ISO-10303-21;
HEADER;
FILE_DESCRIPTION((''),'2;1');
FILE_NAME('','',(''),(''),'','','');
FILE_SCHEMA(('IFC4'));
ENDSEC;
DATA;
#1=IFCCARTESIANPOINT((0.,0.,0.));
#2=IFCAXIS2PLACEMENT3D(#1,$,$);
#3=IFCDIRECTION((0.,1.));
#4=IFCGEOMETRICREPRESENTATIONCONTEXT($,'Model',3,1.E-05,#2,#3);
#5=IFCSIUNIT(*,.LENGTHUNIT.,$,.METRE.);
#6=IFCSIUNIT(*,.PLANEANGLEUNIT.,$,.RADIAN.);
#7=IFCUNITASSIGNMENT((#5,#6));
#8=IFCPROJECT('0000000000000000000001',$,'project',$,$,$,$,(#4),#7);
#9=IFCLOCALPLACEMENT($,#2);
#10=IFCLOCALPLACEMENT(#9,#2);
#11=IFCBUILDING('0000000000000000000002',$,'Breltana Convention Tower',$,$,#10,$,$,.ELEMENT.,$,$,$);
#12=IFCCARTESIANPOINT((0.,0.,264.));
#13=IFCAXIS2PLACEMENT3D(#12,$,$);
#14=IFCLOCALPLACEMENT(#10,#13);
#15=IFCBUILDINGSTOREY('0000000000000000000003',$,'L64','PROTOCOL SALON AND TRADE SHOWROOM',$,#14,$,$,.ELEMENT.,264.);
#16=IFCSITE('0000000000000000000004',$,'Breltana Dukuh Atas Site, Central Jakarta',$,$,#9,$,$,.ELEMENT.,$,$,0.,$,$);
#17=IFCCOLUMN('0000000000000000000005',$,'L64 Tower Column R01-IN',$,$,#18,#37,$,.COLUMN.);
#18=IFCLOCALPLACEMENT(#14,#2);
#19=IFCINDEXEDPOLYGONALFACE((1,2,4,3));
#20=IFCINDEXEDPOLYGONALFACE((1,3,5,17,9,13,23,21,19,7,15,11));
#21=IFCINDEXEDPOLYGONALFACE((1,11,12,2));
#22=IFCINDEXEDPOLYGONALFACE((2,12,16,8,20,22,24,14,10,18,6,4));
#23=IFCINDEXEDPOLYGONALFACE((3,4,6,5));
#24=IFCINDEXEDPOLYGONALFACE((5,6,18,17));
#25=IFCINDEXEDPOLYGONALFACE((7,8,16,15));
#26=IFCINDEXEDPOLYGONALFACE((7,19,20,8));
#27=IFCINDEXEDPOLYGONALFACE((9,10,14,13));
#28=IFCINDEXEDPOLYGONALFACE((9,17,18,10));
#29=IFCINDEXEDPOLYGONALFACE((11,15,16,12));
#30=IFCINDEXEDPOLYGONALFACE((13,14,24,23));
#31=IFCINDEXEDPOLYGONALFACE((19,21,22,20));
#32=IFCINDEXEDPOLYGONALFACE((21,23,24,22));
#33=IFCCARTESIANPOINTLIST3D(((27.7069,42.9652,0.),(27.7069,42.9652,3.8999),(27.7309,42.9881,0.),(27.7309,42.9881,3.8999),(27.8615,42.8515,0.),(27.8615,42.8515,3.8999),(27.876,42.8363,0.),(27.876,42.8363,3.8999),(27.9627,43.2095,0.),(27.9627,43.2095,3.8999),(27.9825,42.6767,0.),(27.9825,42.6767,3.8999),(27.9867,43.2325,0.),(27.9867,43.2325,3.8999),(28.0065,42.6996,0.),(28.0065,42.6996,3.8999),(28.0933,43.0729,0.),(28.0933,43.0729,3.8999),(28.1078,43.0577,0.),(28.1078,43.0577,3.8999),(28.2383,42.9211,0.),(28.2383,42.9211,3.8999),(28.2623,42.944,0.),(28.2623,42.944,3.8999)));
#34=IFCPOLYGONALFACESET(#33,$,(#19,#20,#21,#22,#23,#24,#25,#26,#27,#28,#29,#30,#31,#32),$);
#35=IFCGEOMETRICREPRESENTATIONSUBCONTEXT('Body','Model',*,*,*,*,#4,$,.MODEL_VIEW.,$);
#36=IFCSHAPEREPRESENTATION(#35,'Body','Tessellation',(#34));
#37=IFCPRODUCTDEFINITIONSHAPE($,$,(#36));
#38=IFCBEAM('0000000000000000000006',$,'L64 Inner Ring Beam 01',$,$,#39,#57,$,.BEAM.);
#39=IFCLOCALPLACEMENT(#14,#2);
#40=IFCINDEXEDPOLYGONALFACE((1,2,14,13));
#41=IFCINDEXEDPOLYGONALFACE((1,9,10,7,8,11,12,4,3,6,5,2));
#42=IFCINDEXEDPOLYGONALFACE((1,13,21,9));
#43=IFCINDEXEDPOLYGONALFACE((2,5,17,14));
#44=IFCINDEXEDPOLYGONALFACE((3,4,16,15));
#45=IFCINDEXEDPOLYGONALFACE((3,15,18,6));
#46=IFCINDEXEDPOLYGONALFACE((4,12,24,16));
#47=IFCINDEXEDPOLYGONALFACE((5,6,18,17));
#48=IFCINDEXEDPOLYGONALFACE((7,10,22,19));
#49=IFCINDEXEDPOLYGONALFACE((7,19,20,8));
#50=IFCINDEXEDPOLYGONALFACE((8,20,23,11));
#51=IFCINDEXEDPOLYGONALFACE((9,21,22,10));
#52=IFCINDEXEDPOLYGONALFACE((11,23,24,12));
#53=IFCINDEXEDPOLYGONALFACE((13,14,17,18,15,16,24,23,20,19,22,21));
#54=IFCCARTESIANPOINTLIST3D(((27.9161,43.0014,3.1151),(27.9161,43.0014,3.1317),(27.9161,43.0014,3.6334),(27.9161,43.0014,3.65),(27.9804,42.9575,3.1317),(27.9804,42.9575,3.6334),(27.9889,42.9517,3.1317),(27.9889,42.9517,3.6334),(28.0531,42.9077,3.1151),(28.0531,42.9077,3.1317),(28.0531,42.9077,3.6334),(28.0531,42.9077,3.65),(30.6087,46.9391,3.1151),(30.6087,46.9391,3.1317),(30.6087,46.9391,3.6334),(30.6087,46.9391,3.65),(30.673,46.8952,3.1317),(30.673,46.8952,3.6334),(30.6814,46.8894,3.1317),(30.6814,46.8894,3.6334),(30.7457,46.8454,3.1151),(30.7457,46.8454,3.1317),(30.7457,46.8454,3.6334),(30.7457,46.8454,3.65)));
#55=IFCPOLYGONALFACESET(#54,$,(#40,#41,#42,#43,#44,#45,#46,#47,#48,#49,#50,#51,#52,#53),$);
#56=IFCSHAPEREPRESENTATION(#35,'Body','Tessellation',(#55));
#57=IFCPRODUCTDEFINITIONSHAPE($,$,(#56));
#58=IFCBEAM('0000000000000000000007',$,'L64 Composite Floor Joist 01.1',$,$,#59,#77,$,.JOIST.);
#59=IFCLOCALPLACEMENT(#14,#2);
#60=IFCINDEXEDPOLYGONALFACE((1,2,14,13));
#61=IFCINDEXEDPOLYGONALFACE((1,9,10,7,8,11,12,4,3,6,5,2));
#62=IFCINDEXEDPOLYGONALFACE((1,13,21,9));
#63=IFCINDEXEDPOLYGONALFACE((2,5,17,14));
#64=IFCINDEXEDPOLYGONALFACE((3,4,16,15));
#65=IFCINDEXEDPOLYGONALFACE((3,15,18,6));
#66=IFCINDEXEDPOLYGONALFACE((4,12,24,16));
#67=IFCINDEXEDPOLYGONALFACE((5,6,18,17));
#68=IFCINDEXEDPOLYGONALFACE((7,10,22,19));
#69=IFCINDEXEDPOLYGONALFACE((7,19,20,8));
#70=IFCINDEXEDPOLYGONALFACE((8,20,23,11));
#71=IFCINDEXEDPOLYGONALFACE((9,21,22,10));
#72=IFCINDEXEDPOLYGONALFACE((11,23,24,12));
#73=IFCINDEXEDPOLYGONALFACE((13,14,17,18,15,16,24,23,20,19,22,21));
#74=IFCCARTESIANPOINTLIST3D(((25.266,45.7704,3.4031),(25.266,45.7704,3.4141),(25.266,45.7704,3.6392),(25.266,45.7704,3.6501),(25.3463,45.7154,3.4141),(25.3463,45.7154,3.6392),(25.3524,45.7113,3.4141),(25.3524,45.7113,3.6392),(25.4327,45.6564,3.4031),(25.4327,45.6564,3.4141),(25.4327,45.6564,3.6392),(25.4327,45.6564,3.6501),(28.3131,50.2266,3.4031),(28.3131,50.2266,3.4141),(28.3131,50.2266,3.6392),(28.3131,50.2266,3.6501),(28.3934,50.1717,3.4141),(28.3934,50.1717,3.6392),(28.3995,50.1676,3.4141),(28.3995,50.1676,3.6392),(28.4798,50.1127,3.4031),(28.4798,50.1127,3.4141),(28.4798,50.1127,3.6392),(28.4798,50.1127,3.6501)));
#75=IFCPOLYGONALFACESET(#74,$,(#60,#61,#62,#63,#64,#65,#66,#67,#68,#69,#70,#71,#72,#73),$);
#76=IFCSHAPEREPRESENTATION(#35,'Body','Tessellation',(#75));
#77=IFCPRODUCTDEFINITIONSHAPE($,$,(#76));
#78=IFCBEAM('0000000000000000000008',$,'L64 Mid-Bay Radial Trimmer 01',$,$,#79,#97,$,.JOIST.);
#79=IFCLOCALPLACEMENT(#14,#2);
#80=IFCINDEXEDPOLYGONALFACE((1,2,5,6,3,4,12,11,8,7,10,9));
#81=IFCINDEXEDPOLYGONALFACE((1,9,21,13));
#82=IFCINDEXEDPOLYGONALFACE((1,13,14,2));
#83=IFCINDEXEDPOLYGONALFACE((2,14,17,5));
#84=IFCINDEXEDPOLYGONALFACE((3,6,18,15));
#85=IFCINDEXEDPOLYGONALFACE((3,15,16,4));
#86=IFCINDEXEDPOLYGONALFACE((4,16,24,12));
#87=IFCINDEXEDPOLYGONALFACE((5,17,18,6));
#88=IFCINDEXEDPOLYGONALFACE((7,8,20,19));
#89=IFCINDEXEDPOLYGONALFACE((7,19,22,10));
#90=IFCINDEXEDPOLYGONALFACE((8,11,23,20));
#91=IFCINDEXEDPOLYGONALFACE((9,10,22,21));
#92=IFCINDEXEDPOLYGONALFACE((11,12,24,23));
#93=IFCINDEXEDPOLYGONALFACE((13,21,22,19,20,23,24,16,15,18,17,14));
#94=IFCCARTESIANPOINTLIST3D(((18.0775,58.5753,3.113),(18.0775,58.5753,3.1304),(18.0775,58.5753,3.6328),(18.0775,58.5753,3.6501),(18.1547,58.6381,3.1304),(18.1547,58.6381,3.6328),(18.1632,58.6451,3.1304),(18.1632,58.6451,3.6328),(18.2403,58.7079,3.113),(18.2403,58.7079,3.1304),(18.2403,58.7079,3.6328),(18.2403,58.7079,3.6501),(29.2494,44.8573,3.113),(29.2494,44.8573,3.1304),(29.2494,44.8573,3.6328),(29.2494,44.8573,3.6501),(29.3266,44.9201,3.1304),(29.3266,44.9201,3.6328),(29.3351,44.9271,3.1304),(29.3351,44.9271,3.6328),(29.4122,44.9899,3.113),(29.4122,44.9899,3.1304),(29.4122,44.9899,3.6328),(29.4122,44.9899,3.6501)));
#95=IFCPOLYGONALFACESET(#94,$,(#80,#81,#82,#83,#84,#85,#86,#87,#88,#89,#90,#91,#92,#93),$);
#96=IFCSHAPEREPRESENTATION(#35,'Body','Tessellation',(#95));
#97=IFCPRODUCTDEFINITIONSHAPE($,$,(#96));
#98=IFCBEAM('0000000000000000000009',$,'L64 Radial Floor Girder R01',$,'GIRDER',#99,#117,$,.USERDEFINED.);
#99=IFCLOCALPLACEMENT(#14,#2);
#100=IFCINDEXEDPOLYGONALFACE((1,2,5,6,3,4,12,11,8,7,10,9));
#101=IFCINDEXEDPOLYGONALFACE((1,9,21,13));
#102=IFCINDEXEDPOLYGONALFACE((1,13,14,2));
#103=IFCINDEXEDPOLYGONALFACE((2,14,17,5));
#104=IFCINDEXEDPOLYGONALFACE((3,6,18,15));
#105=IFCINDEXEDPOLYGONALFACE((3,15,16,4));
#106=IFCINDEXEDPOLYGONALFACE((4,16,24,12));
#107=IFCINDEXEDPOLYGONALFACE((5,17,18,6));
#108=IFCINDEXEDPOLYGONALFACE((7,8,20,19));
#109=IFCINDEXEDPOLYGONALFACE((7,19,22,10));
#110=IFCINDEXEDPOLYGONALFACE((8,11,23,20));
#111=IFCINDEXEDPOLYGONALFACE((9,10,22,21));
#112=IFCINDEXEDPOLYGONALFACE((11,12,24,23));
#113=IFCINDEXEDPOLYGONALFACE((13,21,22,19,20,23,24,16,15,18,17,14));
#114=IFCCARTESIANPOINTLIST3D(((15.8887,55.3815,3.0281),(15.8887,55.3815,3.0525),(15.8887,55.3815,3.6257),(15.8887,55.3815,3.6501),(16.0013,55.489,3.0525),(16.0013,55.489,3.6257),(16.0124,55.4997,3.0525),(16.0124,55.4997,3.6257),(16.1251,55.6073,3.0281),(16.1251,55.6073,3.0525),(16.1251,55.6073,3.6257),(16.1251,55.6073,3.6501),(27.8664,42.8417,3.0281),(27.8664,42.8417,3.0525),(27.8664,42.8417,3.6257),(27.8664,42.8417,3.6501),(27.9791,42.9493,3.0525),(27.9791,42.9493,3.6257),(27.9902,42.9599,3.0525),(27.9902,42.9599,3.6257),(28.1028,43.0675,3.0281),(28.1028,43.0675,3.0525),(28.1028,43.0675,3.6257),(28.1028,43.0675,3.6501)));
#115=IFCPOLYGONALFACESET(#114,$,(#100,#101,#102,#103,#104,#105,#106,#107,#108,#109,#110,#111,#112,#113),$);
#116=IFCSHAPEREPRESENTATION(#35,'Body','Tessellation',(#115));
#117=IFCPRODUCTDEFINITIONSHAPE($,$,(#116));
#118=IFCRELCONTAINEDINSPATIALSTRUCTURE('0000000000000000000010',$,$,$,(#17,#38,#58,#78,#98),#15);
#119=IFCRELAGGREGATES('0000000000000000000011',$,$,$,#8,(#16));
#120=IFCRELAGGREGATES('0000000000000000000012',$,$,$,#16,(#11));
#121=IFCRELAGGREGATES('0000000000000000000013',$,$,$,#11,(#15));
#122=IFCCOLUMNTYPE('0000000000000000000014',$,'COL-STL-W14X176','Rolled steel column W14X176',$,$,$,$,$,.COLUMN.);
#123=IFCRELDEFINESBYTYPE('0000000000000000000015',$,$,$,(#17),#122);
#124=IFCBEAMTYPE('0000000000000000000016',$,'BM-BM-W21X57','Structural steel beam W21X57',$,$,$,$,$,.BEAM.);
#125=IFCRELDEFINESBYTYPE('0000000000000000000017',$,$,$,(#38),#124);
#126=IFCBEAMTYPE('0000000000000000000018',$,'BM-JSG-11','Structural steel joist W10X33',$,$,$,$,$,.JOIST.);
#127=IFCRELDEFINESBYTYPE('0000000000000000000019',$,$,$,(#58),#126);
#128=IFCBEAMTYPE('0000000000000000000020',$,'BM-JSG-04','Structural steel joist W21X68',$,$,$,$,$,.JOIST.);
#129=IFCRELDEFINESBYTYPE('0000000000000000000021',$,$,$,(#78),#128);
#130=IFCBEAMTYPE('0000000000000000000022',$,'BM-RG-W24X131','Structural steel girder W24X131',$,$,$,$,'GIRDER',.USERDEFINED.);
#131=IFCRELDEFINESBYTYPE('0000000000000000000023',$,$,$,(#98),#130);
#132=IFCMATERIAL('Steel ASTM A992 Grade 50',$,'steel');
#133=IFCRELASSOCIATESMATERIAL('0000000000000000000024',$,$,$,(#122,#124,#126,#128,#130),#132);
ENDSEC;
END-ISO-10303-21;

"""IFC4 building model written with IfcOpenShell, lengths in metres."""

from ifc_helpers import new_model, si_unit, direction, frame, origin, origin_2d, place, context, subcontext, project, spatial, i_section, extrude, source, transform, mapped, material, material_profile, profile_set, type_object, type_shapes, element, save


model = new_model("IFC4")

# Units and contexts
model_context = context("Model", 3, precision=1e-05, world=origin(), true_north=direction((0.0, 1.0)))
body_context = subcontext(model_context, "Body", "Model", "MODEL_VIEW")
ifc_project = project(units=[si_unit("LENGTHUNIT", "METRE"), si_unit("PLANEANGLEUNIT", "RADIAN")], contexts=[model_context])

# Site, building, storey
site_placement = place(None, origin())
site = spatial("IfcSite", under=ifc_project, at=site_placement, Name="Breltana Dukuh Atas Site, Central Jakarta", CompositionType="ELEMENT", RefElevation=0.0)
building_placement = place(site_placement, origin())
building = spatial("IfcBuilding", under=site, at=building_placement, Name="Breltana Convention Tower", CompositionType="ELEMENT")
storey_placement = place(building_placement, frame((0.0, 0.0, 264.0)))
storey = spatial("IfcBuildingStorey", under=building, at=storey_placement, Name="L64", Description="PROTOCOL SALON AND TRADE SHOWROOM", CompositionType="ELEMENT", Elevation=264.0)

# Column
ifc_material_1 = material(Name="Steel ASTM A992 Grade 50", Category="steel")
ifc_material_profile_1 = material_profile(ifc_material_1, i_section(OverallWidth=0.3989, OverallDepth=0.387, WebThickness=0.021, FlangeThickness=0.0332, at=origin_2d()), Name="W14X176")
ifc_profile_set_1 = profile_set([ifc_material_profile_1], Name="Steel ASTM A992 Grade 50")
column_type = type_object("IfcColumnType", Name="COL-STL-W14X176", Description="Rolled steel column W14X176", PredefinedType="COLUMN", material=ifc_profile_set_1)
shared_shape_1 = source(origin(), body_context, "Body", "SweptSolid", [
    extrude(i_section(OverallWidth=0.3989, OverallDepth=0.387, WebThickness=0.021, FlangeThickness=0.0332, at=origin_2d()), origin(), (0.0, 0.0, 1.0), 3.8999),
])
type_shapes(column_type, [shared_shape_1])
column_placement = place(storey_placement, frame((27.9846, 42.9546, 0.0), z_axis=(0.0, 0.0, 1.0), x_axis=(-0.690756, 0.723088, 0.0)))
element("IfcColumn", 1, at=column_placement, inside=storey, type_object=column_type, Name="L64 Tower Column R01-IN", PredefinedType="COLUMN", context=body_context, shape_type="MappedRepresentation", body=[
    mapped(shared_shape_1, transform((0.0, 0.0, 0.0), scale=1.0)),
])

# Beams
ifc_material_profile_2 = material_profile(ifc_material_1, i_section(OverallWidth=0.166, OverallDepth=0.5349, WebThickness=0.0103, FlangeThickness=0.0166, at=origin_2d()), Name="W21X57")
ifc_profile_set_2 = profile_set([ifc_material_profile_2], Name="Steel ASTM A992 Grade 50")
beam_type_1 = type_object("IfcBeamType", Name="BM-BM-W21X57", Description="Structural steel beam W21X57", PredefinedType="BEAM", material=ifc_profile_set_2)
shared_shape_2 = source(origin(), body_context, "Body", "SweptSolid", [
    extrude(i_section(OverallWidth=0.166, OverallDepth=0.5349, WebThickness=0.0103, FlangeThickness=0.0166, at=origin_2d()), origin(), (0.0, 0.0, 1.0), 4.7703),
])
beam_1_placement = place(storey_placement, frame((27.9846, 42.9546, 3.3826), z_axis=(0.564453, 0.825465, 0.0), x_axis=(-0.825465, 0.564453, 0.0)))
element("IfcBeam", 2, at=beam_1_placement, inside=storey, type_object=beam_type_1, Name="L64 Inner Ring Beam 01", PredefinedType="BEAM", context=body_context, shape_type="MappedRepresentation", body=[
    mapped(shared_shape_2, transform((0.0, 0.0, 0.0), scale=1.0)),
])
ifc_material_profile_3 = material_profile(ifc_material_1, i_section(OverallWidth=0.2019, OverallDepth=0.2471, WebThickness=0.0073, FlangeThickness=0.011, at=origin_2d()), Name="W10X33")
ifc_profile_set_3 = profile_set([ifc_material_profile_3], Name="Steel ASTM A992 Grade 50")
beam_type_2 = type_object("IfcBeamType", Name="BM-JSG-11", Description="Structural steel joist W10X33", PredefinedType="JOIST", material=ifc_profile_set_3)
shared_shape_3 = source(origin(), body_context, "Body", "SweptSolid", [
    extrude(i_section(OverallWidth=0.2019, OverallDepth=0.2471, WebThickness=0.0073, FlangeThickness=0.011, at=origin_2d()), origin(), (0.0, 0.0, 1.0), 5.3984),
])
beam_2_placement = place(storey_placement, frame((25.3494, 45.7134, 3.5266), z_axis=(0.564441, 0.825474, 0.0), x_axis=(-0.825474, 0.564441, 0.0)))
element("IfcBeam", 3, at=beam_2_placement, inside=storey, type_object=beam_type_2, Name="L64 Composite Floor Joist 01.1", PredefinedType="JOIST", context=body_context, shape_type="MappedRepresentation", body=[
    mapped(shared_shape_3, transform((0.0, 0.0, 0.0), scale=1.0)),
])
ifc_material_profile_4 = material_profile(ifc_material_1, i_section(OverallWidth=0.21, OverallDepth=0.5371, WebThickness=0.011, FlangeThickness=0.0173, at=origin_2d()), Name="W21X68")
ifc_profile_set_4 = profile_set([ifc_material_profile_4], Name="Steel ASTM A992 Grade 50")
beam_type_3 = type_object("IfcBeamType", Name="BM-JSG-04", Description="Structural steel joist W21X68", PredefinedType="JOIST", material=ifc_profile_set_4)
shared_shape_4 = source(origin(), body_context, "Body", "SweptSolid", [
    extrude(i_section(OverallWidth=0.21, OverallDepth=0.5371, WebThickness=0.011, FlangeThickness=0.0173, at=origin_2d()), origin(), (0.0, 0.0, 1.0), 17.6917),
])
beam_3_placement = place(storey_placement, frame((29.3308, 44.9236, 3.3816), z_axis=(-0.631477, 0.775395, 0.0), x_axis=(-0.775395, -0.631477, 0.0)))
element("IfcBeam", 4, at=beam_3_placement, inside=storey, type_object=beam_type_3, Name="L64 Mid-Bay Radial Trimmer 01", PredefinedType="JOIST", context=body_context, shape_type="MappedRepresentation", body=[
    mapped(shared_shape_4, transform((0.0, 0.0, 0.0), scale=1.0)),
])
ifc_material_profile_5 = material_profile(ifc_material_1, i_section(OverallWidth=0.3269, OverallDepth=0.6221, WebThickness=0.0154, FlangeThickness=0.0244, at=origin_2d()), Name="W24X131")
ifc_profile_set_5 = profile_set([ifc_material_profile_5], Name="Steel ASTM A992 Grade 50")
beam_type_4 = type_object("IfcBeamType", Name="BM-RG-W24X131", Description="Structural steel girder W24X131", ElementType="GIRDER", PredefinedType="USERDEFINED", material=ifc_profile_set_5)
shared_shape_5 = source(origin(), body_context, "Body", "SweptSolid", [
    extrude(i_section(OverallWidth=0.3269, OverallDepth=0.6221, WebThickness=0.0154, FlangeThickness=0.0244, at=origin_2d()), origin(), (0.0, 0.0, 1.0), 17.3411),
])
type_shapes(beam_type_4, [shared_shape_5])
beam_4_placement = place(storey_placement, frame((27.9846, 42.9546, 3.3391), z_axis=(-0.690716, 0.723126, 0.0), x_axis=(-0.723126, -0.690716, 0.0)))
element("IfcBeam", 5, at=beam_4_placement, inside=storey, type_object=beam_type_4, Name="L64 Radial Floor Girder R01", ObjectType="GIRDER", PredefinedType="USERDEFINED", context=body_context, shape_type="MappedRepresentation", body=[
    mapped(shared_shape_5, transform((0.0, 0.0, 0.0), scale=1.0)),
])

save(model, "model.ifc")
